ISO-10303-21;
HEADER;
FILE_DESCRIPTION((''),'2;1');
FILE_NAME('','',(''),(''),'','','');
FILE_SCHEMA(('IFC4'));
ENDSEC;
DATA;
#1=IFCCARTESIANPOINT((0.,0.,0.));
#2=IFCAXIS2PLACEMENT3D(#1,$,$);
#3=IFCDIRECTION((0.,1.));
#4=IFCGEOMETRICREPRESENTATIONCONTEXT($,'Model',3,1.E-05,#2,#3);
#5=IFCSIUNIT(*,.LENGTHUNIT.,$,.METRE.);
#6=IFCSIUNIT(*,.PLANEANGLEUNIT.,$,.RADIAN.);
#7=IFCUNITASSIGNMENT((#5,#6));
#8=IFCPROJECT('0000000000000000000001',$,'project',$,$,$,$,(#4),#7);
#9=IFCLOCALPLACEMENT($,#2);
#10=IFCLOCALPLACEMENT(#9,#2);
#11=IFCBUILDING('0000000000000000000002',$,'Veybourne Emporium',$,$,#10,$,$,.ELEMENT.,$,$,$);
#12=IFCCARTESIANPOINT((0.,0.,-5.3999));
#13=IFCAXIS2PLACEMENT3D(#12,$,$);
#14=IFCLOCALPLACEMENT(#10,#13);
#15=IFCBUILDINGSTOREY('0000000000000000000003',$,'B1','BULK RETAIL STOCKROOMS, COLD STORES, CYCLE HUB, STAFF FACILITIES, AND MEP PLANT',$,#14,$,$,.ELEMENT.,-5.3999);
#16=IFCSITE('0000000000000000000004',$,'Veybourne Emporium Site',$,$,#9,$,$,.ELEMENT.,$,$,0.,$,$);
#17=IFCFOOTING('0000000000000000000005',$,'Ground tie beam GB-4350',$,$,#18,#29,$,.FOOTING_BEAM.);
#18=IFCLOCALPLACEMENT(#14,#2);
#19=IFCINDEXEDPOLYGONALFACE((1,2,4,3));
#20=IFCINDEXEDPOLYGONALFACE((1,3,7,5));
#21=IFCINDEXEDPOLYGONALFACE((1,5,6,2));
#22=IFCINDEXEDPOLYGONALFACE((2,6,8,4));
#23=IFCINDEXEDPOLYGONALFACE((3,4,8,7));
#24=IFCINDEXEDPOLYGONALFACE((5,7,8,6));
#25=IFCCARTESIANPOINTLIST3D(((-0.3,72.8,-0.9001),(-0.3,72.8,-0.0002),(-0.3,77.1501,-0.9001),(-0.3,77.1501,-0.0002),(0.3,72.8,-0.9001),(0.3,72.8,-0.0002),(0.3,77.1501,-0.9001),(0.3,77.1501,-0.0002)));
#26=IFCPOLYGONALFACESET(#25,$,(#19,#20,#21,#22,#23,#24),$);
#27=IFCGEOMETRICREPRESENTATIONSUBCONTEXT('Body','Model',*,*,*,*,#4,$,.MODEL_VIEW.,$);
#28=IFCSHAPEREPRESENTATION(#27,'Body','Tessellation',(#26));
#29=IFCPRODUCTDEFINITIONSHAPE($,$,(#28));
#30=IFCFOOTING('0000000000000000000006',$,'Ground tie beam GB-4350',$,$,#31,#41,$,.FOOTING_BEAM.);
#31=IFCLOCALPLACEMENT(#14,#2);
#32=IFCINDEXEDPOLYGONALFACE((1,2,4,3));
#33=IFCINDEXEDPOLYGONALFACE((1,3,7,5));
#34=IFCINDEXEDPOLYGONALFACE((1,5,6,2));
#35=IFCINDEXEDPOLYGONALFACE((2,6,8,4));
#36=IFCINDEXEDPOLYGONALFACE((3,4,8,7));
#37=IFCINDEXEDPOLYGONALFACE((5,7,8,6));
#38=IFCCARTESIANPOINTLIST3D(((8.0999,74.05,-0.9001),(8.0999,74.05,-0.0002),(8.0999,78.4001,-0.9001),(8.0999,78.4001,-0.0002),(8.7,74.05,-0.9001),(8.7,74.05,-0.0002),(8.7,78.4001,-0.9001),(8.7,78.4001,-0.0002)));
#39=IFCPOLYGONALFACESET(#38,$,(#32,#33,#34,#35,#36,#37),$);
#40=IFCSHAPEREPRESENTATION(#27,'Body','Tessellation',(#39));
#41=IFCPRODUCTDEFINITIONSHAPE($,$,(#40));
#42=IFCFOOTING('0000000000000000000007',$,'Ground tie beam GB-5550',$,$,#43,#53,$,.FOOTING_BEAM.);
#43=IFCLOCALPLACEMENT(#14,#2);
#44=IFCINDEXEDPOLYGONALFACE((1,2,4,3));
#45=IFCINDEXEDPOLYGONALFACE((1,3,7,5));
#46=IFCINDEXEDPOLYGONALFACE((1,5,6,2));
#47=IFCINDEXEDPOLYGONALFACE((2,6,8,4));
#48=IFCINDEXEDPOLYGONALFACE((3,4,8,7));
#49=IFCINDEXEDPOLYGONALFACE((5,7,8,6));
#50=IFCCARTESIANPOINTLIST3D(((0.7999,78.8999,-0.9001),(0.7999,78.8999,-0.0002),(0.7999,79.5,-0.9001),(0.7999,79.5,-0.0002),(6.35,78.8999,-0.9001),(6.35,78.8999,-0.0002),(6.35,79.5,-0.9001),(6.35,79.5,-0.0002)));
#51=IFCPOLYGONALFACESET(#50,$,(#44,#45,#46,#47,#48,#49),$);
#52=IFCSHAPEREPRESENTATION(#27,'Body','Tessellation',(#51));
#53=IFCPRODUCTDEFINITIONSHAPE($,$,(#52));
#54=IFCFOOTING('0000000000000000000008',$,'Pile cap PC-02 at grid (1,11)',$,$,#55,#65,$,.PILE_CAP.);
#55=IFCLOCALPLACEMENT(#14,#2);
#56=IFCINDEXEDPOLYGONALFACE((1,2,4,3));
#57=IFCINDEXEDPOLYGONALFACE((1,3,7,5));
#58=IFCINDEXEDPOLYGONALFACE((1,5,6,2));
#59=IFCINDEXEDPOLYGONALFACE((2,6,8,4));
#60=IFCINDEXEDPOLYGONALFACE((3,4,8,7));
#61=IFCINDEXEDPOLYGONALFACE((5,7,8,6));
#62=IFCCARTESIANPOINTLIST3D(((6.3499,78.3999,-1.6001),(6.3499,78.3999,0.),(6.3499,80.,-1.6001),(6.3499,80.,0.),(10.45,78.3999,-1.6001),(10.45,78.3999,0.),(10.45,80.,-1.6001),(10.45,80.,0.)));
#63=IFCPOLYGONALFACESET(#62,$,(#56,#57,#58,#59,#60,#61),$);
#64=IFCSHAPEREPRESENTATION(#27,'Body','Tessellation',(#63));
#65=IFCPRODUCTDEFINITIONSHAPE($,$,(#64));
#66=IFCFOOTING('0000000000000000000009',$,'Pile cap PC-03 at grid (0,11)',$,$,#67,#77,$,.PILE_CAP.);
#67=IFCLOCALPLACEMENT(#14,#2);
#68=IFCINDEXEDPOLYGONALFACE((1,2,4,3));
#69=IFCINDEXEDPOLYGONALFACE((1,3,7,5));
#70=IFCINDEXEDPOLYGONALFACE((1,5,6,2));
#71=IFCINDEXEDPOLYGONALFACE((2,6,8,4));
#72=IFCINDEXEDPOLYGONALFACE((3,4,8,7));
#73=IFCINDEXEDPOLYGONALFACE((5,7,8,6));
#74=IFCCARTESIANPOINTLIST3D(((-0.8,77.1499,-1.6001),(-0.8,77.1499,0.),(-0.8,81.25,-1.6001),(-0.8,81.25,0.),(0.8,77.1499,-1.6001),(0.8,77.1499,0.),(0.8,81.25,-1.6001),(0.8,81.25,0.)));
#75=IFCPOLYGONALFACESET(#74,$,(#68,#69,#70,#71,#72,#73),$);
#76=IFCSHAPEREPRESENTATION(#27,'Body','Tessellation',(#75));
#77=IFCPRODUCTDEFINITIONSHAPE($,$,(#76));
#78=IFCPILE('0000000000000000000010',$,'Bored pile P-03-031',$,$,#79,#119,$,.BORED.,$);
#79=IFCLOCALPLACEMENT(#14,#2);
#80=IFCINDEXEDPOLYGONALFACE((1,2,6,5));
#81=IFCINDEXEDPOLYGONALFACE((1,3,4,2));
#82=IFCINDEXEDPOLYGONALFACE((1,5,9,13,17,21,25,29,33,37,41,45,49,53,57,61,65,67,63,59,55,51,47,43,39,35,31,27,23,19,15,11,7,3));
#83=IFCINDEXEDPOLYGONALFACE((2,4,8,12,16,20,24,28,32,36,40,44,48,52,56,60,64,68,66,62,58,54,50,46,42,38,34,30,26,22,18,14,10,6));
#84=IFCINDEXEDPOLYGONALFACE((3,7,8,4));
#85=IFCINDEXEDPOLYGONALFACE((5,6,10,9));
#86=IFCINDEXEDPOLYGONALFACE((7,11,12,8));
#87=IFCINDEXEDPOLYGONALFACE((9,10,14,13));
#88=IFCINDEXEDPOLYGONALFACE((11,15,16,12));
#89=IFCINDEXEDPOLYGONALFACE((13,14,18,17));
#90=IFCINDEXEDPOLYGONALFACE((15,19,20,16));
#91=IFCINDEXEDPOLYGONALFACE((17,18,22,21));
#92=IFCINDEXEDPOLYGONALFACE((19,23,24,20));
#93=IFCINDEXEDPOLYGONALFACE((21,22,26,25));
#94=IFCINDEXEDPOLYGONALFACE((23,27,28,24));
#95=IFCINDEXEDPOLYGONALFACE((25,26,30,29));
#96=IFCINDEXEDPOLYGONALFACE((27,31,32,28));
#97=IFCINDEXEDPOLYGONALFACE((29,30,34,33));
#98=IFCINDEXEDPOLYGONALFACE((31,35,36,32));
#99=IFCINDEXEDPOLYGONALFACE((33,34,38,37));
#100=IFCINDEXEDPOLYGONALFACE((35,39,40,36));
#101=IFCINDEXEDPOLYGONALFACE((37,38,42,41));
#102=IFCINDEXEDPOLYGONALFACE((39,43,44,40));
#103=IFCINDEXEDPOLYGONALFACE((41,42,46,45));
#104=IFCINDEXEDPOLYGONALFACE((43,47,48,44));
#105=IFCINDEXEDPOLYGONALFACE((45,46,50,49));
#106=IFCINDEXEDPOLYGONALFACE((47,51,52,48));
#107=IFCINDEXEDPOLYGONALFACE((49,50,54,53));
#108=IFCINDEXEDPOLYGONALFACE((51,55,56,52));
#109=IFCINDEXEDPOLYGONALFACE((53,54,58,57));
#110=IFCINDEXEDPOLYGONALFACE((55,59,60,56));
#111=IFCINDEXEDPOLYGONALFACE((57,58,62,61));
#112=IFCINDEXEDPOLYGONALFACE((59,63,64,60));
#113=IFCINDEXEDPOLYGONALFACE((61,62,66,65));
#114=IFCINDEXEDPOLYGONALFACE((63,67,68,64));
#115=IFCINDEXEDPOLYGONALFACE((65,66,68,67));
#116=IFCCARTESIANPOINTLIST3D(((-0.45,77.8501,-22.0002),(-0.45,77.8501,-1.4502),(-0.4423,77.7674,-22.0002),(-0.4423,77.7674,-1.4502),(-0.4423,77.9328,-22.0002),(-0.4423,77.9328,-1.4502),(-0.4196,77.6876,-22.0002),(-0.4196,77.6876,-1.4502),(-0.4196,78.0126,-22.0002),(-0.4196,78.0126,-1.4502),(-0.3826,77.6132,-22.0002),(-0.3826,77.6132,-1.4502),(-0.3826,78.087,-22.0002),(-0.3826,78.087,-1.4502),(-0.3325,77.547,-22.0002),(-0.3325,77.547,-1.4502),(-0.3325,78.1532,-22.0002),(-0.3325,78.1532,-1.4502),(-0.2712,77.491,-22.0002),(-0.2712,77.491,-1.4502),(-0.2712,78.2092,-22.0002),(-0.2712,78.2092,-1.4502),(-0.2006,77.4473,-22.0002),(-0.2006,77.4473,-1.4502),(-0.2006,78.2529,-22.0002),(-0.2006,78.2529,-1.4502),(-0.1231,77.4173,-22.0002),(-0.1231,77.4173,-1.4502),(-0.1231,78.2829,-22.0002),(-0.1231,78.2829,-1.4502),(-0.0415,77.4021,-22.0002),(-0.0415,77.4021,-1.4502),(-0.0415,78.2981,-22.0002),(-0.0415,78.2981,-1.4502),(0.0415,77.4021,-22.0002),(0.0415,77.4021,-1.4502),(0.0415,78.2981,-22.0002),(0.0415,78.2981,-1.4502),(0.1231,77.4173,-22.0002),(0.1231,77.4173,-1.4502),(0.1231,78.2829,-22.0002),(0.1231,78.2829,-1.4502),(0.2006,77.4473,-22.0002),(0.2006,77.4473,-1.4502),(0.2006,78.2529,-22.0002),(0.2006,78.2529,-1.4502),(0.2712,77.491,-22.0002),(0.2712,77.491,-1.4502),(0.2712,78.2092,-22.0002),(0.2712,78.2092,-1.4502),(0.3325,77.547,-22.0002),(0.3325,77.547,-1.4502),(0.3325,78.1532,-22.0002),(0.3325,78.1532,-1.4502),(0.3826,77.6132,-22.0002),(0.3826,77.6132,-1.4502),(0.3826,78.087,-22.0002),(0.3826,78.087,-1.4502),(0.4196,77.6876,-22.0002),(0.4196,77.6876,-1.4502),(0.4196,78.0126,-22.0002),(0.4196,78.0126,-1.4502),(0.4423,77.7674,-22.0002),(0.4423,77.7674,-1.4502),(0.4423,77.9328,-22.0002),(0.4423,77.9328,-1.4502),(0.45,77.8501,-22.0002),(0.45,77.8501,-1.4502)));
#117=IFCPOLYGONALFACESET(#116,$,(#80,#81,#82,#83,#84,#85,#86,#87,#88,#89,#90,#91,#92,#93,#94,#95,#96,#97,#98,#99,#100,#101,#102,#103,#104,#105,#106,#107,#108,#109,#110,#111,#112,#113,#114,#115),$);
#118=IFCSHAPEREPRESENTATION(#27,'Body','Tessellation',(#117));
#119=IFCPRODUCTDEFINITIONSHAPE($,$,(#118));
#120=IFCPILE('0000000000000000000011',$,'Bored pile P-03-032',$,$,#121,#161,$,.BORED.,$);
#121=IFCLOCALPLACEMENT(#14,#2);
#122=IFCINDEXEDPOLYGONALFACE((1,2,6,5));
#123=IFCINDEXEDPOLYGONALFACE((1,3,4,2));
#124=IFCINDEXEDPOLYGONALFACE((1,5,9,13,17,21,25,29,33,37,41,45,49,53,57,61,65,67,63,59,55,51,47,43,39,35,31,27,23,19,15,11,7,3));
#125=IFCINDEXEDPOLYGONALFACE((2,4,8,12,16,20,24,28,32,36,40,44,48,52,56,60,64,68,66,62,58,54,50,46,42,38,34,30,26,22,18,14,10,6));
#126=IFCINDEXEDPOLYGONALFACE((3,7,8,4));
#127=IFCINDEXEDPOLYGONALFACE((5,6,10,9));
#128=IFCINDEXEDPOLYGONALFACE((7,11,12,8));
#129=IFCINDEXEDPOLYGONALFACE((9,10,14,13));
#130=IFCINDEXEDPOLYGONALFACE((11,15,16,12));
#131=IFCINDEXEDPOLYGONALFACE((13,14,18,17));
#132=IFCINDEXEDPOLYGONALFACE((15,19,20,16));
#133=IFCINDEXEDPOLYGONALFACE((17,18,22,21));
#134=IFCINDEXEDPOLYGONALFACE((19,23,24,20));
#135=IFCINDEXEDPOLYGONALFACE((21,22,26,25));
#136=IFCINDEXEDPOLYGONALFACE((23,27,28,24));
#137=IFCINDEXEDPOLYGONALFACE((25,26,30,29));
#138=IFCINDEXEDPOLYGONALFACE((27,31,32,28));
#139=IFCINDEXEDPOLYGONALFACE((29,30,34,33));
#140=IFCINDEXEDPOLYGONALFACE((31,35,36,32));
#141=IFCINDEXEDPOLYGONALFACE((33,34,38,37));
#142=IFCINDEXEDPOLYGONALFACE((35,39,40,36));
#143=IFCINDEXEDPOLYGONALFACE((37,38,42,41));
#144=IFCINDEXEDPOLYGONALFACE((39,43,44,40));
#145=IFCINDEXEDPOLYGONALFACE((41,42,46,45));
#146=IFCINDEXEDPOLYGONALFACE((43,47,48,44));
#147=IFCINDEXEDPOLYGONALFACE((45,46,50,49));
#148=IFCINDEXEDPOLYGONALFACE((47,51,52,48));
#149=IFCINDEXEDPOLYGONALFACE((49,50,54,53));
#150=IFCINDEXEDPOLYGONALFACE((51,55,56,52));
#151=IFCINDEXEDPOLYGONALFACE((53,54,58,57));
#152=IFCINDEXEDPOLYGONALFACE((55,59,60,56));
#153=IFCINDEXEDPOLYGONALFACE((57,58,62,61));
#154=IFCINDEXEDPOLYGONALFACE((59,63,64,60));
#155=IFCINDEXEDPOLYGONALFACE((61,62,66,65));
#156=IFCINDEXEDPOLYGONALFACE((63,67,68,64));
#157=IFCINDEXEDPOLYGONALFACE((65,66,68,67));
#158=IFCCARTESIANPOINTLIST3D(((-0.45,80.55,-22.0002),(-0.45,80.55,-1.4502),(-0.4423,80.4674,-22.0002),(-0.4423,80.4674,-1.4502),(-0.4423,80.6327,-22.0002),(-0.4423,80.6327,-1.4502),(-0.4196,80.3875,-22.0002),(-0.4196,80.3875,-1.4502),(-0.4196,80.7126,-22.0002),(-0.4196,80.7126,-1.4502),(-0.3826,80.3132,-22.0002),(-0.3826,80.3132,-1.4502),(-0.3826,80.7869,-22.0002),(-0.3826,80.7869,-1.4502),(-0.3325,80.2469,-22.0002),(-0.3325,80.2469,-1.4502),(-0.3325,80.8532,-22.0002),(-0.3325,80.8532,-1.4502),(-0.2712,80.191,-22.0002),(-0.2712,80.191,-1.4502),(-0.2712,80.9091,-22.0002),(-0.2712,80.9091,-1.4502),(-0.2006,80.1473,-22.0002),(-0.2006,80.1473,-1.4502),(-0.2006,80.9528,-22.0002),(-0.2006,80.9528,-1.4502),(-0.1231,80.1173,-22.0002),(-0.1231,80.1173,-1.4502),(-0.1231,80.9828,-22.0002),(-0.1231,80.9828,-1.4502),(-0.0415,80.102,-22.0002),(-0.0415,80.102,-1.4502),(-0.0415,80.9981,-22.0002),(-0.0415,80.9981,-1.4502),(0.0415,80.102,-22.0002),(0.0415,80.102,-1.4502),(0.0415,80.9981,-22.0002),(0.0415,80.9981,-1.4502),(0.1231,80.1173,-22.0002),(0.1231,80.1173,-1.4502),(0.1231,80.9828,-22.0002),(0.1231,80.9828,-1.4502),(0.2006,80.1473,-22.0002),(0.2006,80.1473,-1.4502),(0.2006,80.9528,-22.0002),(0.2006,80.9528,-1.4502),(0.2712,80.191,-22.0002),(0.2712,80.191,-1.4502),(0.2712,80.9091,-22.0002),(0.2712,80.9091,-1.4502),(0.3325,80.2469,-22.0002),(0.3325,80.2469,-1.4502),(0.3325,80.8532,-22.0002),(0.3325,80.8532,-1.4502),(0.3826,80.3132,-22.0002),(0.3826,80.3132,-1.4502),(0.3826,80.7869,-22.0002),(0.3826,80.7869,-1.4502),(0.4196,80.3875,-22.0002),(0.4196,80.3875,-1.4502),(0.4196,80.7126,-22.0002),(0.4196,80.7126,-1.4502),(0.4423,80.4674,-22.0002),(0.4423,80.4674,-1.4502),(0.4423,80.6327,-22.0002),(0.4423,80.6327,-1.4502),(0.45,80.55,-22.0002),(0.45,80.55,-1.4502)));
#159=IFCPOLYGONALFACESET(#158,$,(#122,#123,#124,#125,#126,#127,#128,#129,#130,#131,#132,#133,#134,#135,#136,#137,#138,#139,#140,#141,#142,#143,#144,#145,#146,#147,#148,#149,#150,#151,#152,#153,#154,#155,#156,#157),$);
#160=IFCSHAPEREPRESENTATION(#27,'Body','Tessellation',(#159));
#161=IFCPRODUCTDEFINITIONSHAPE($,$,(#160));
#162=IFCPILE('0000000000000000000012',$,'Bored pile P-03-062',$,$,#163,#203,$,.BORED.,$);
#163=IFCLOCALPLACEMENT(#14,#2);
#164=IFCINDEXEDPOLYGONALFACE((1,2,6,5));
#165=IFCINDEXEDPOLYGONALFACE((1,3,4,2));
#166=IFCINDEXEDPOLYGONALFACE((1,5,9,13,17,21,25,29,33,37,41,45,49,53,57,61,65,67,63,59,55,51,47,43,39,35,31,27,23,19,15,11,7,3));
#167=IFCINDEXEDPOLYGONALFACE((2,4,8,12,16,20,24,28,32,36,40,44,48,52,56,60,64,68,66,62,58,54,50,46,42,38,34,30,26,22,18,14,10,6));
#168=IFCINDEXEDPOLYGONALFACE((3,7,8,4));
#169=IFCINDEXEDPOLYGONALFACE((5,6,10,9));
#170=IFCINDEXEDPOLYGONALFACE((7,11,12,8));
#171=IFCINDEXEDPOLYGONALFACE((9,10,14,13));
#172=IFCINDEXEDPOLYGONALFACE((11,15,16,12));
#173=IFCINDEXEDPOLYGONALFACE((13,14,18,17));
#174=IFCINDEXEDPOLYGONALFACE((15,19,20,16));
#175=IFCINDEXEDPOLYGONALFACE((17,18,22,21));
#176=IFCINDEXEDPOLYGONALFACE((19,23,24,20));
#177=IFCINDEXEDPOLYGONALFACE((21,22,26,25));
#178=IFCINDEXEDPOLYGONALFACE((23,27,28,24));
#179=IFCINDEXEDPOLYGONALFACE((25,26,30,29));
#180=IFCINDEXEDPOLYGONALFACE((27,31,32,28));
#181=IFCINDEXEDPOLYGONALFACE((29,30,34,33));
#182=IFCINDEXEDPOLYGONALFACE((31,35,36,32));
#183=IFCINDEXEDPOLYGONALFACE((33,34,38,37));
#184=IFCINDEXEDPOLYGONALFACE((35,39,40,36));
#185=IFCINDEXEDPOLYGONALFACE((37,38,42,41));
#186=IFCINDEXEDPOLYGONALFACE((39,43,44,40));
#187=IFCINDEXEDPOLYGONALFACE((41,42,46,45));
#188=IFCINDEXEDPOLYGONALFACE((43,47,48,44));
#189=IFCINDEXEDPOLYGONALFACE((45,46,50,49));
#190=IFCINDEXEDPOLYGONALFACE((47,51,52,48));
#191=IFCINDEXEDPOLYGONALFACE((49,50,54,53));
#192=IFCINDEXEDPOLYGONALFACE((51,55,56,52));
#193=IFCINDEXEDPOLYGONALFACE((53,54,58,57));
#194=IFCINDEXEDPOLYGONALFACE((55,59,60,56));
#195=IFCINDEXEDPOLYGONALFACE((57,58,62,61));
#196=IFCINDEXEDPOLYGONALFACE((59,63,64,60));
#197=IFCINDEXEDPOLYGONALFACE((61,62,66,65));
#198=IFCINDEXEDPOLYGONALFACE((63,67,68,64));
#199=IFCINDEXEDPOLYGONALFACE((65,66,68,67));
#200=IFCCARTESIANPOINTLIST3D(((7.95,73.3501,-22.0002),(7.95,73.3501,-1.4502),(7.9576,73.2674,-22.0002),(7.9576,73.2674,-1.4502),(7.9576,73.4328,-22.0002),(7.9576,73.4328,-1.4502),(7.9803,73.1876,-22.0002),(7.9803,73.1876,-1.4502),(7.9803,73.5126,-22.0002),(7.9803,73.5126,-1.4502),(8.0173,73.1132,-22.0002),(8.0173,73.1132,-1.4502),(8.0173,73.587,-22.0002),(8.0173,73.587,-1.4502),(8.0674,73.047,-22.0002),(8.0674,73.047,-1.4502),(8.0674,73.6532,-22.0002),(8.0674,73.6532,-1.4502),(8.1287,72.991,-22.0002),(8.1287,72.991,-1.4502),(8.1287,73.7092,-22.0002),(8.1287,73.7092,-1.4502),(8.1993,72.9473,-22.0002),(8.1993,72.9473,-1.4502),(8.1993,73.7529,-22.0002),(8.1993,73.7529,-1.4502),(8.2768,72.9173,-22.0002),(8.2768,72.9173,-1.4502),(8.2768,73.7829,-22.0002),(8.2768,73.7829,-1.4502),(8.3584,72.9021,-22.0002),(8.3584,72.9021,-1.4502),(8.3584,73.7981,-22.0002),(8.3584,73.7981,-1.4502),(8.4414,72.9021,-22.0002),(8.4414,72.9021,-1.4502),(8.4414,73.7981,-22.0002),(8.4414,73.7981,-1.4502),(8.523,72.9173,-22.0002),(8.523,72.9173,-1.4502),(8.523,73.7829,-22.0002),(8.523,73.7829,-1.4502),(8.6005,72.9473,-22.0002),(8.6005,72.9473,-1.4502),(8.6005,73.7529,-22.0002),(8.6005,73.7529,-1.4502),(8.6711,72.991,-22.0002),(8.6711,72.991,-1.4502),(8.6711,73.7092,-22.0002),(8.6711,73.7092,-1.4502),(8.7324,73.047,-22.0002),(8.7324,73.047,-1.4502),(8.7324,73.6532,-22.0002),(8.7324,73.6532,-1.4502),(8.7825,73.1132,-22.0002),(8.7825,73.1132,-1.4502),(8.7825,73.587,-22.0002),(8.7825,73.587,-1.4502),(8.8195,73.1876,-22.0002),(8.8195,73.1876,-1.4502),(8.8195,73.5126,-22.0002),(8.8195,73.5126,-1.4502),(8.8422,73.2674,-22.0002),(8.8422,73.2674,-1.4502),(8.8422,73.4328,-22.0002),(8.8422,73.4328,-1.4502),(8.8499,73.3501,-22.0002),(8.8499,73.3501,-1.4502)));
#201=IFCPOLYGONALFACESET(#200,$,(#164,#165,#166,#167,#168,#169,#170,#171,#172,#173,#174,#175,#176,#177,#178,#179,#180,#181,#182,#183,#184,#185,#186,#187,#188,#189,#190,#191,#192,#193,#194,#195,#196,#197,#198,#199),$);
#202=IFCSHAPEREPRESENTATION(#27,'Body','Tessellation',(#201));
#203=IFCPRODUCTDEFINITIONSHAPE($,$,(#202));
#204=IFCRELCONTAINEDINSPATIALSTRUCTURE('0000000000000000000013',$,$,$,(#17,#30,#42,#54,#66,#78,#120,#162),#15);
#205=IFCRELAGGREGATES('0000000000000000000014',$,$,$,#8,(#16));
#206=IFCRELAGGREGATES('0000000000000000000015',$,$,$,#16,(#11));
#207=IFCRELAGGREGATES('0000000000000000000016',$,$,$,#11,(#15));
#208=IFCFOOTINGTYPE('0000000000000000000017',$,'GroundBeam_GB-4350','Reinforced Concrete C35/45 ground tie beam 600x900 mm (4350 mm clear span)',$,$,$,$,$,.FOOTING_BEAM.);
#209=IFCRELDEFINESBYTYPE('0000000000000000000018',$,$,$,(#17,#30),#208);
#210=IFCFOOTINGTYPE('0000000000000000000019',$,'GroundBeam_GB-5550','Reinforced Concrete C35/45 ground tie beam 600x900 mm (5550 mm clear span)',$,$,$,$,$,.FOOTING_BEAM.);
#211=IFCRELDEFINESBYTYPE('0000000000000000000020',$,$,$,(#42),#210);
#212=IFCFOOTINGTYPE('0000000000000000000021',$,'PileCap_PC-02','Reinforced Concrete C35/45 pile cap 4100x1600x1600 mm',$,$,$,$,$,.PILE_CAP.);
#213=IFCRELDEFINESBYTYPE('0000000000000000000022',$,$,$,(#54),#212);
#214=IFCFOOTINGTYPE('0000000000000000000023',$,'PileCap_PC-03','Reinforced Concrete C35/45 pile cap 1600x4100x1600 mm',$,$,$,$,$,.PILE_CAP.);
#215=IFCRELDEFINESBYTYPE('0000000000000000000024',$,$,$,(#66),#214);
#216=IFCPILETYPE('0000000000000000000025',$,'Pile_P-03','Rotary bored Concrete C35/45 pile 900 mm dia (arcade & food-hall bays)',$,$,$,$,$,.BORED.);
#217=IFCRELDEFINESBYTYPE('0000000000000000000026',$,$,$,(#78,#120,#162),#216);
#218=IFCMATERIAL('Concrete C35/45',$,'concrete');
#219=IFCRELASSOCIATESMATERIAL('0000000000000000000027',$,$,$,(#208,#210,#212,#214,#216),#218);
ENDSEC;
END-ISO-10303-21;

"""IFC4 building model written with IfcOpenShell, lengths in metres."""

from ifc_helpers import new_model, si_unit, direction, frame, origin, origin_2d, place, context, subcontext, project, spatial, rectangle, circle, extrude, material, material_profile, profile_set, type_object, element, save


model = new_model("IFC4")

# Units and contexts
model_context = context("Model", 3, precision=1e-05, world=origin(), true_north=direction((0.0, 1.0)))
body_context = subcontext(model_context, "Body", "Model", "MODEL_VIEW")
ifc_project = project(units=[si_unit("LENGTHUNIT", "METRE"), si_unit("PLANEANGLEUNIT", "RADIAN")], contexts=[model_context])

# Site, building, storey
site_placement = place(None, origin())
site = spatial("IfcSite", under=ifc_project, at=site_placement, Name="Veybourne Emporium Site", CompositionType="ELEMENT", RefElevation=0.0)
building_placement = place(site_placement, origin())
building = spatial("IfcBuilding", under=site, at=building_placement, Name="Veybourne Emporium", CompositionType="ELEMENT")
storey_placement = place(building_placement, frame((0.0, 0.0, -5.3999)))
storey = spatial("IfcBuildingStorey", under=building, at=storey_placement, Name="B1", Description="BULK RETAIL STOCKROOMS, COLD STORES, CYCLE HUB, STAFF FACILITIES, AND MEP PLANT", CompositionType="ELEMENT", Elevation=-5.3999)

# Footings
ifc_material_1 = material(Name="Concrete C35/45", Category="concrete")
footing_type_1 = type_object("IfcFootingType", Name="GroundBeam_GB-4350", Description="Reinforced Concrete C35/45 ground tie beam 600x900 mm (4350 mm clear span)", PredefinedType="FOOTING_BEAM", material=ifc_material_1)
for number, where, z_axis, x_axis, name in (
    (1, (0.0, 74.9751, -0.9001), (0.0, 0.0, 1.0), (0.0, 1.0, 0.0), "Ground tie beam GB-4350"),
    (2, (8.3999, 76.2251, -0.9001), (0.0, 0.0, 1.0), (0.0, 1.0, 0.0), "Ground tie beam GB-4350"),
):
    element("IfcFooting", number, at=place(storey_placement, frame(where, z_axis=z_axis, x_axis=x_axis)), inside=storey, type_object=footing_type_1, Name=name, PredefinedType="FOOTING_BEAM", context=body_context, shape_type="SweptSolid", body=[
        extrude(rectangle(XDim=4.3501, YDim=0.6001, at=origin_2d()), origin(), (0.0, 0.0, 1.0), 0.8999),
    ])
footing_type_2 = type_object("IfcFootingType", Name="GroundBeam_GB-5550", Description="Reinforced Concrete C35/45 ground tie beam 600x900 mm (5550 mm clear span)", PredefinedType="FOOTING_BEAM", material=ifc_material_1)
footing_1_placement = place(storey_placement, frame((3.575, 79.2, -0.9001), z_axis=(0.0, 0.0, 1.0), x_axis=(1.0, 0.0, 0.0)))
element("IfcFooting", 3, at=footing_1_placement, inside=storey, type_object=footing_type_2, Name="Ground tie beam GB-5550", PredefinedType="FOOTING_BEAM", context=body_context, shape_type="SweptSolid", body=[
    extrude(rectangle(XDim=5.55, YDim=0.6001, at=origin_2d()), origin(), (0.0, 0.0, 1.0), 0.8999),
])
footing_type_3 = type_object("IfcFootingType", Name="PileCap_PC-02", Description="Reinforced Concrete C35/45 pile cap 4100x1600x1600 mm", PredefinedType="PILE_CAP", material=ifc_material_1)
footing_2_placement = place(storey_placement, frame((8.3999, 79.2, -1.6001), z_axis=(0.0, 0.0, 1.0), x_axis=(1.0, 0.0, 0.0)))
element("IfcFooting", 4, at=footing_2_placement, inside=storey, type_object=footing_type_3, Name="Pile cap PC-02 at grid (1,11)", PredefinedType="PILE_CAP", context=body_context, shape_type="SweptSolid", body=[
    extrude(rectangle(XDim=4.1001, YDim=1.6001, at=origin_2d()), origin(), (0.0, 0.0, 1.0), 1.6001),
])
footing_type_4 = type_object("IfcFootingType", Name="PileCap_PC-03", Description="Reinforced Concrete C35/45 pile cap 1600x4100x1600 mm", PredefinedType="PILE_CAP", material=ifc_material_1)
footing_3_placement = place(storey_placement, frame((0.0, 79.2, -1.6001), z_axis=(0.0, 0.0, 1.0), x_axis=(1.0, 0.0, 0.0)))
element("IfcFooting", 5, at=footing_3_placement, inside=storey, type_object=footing_type_4, Name="Pile cap PC-03 at grid (0,11)", PredefinedType="PILE_CAP", context=body_context, shape_type="SweptSolid", body=[
    extrude(rectangle(XDim=1.6001, YDim=4.1001, at=origin_2d()), origin(), (0.0, 0.0, 1.0), 1.6001),
])

# Piles
ifc_material_profile_1 = material_profile(ifc_material_1, circle(Radius=0.45, at=origin_2d()), Name="BORED PILE 900")
ifc_profile_set_1 = profile_set([ifc_material_profile_1], Name="Concrete C35/45")
pile_type = type_object("IfcPileType", Name="Pile_P-03", Description="Rotary bored Concrete C35/45 pile 900 mm dia (arcade & food-hall bays)", PredefinedType="BORED", material=ifc_profile_set_1)
for number, where, z_axis, x_axis, name in (
    (6, (0.0, 77.8501, -1.4502), (0.0, 0.0, -1.0), (1.0, 0.0, 0.0), "Bored pile P-03-031"),
    (7, (0.0, 80.55, -1.4502), (0.0, 0.0, -1.0), (1.0, 0.0, 0.0), "Bored pile P-03-032"),
    (8, (8.3999, 73.3501, -1.4502), (0.0, 0.0, -1.0), (1.0, 0.0, 0.0), "Bored pile P-03-062"),
):
    element("IfcPile", number, at=place(storey_placement, frame(where, z_axis=z_axis, x_axis=x_axis)), inside=storey, type_object=pile_type, Name=name, PredefinedType="BORED", context=body_context, shape_type="SweptSolid", body=[
        extrude(circle(Radius=0.45, at=origin_2d()), origin(), (0.0, 0.0, 1.0), 20.55),
    ])

save(model, "model.ifc")
